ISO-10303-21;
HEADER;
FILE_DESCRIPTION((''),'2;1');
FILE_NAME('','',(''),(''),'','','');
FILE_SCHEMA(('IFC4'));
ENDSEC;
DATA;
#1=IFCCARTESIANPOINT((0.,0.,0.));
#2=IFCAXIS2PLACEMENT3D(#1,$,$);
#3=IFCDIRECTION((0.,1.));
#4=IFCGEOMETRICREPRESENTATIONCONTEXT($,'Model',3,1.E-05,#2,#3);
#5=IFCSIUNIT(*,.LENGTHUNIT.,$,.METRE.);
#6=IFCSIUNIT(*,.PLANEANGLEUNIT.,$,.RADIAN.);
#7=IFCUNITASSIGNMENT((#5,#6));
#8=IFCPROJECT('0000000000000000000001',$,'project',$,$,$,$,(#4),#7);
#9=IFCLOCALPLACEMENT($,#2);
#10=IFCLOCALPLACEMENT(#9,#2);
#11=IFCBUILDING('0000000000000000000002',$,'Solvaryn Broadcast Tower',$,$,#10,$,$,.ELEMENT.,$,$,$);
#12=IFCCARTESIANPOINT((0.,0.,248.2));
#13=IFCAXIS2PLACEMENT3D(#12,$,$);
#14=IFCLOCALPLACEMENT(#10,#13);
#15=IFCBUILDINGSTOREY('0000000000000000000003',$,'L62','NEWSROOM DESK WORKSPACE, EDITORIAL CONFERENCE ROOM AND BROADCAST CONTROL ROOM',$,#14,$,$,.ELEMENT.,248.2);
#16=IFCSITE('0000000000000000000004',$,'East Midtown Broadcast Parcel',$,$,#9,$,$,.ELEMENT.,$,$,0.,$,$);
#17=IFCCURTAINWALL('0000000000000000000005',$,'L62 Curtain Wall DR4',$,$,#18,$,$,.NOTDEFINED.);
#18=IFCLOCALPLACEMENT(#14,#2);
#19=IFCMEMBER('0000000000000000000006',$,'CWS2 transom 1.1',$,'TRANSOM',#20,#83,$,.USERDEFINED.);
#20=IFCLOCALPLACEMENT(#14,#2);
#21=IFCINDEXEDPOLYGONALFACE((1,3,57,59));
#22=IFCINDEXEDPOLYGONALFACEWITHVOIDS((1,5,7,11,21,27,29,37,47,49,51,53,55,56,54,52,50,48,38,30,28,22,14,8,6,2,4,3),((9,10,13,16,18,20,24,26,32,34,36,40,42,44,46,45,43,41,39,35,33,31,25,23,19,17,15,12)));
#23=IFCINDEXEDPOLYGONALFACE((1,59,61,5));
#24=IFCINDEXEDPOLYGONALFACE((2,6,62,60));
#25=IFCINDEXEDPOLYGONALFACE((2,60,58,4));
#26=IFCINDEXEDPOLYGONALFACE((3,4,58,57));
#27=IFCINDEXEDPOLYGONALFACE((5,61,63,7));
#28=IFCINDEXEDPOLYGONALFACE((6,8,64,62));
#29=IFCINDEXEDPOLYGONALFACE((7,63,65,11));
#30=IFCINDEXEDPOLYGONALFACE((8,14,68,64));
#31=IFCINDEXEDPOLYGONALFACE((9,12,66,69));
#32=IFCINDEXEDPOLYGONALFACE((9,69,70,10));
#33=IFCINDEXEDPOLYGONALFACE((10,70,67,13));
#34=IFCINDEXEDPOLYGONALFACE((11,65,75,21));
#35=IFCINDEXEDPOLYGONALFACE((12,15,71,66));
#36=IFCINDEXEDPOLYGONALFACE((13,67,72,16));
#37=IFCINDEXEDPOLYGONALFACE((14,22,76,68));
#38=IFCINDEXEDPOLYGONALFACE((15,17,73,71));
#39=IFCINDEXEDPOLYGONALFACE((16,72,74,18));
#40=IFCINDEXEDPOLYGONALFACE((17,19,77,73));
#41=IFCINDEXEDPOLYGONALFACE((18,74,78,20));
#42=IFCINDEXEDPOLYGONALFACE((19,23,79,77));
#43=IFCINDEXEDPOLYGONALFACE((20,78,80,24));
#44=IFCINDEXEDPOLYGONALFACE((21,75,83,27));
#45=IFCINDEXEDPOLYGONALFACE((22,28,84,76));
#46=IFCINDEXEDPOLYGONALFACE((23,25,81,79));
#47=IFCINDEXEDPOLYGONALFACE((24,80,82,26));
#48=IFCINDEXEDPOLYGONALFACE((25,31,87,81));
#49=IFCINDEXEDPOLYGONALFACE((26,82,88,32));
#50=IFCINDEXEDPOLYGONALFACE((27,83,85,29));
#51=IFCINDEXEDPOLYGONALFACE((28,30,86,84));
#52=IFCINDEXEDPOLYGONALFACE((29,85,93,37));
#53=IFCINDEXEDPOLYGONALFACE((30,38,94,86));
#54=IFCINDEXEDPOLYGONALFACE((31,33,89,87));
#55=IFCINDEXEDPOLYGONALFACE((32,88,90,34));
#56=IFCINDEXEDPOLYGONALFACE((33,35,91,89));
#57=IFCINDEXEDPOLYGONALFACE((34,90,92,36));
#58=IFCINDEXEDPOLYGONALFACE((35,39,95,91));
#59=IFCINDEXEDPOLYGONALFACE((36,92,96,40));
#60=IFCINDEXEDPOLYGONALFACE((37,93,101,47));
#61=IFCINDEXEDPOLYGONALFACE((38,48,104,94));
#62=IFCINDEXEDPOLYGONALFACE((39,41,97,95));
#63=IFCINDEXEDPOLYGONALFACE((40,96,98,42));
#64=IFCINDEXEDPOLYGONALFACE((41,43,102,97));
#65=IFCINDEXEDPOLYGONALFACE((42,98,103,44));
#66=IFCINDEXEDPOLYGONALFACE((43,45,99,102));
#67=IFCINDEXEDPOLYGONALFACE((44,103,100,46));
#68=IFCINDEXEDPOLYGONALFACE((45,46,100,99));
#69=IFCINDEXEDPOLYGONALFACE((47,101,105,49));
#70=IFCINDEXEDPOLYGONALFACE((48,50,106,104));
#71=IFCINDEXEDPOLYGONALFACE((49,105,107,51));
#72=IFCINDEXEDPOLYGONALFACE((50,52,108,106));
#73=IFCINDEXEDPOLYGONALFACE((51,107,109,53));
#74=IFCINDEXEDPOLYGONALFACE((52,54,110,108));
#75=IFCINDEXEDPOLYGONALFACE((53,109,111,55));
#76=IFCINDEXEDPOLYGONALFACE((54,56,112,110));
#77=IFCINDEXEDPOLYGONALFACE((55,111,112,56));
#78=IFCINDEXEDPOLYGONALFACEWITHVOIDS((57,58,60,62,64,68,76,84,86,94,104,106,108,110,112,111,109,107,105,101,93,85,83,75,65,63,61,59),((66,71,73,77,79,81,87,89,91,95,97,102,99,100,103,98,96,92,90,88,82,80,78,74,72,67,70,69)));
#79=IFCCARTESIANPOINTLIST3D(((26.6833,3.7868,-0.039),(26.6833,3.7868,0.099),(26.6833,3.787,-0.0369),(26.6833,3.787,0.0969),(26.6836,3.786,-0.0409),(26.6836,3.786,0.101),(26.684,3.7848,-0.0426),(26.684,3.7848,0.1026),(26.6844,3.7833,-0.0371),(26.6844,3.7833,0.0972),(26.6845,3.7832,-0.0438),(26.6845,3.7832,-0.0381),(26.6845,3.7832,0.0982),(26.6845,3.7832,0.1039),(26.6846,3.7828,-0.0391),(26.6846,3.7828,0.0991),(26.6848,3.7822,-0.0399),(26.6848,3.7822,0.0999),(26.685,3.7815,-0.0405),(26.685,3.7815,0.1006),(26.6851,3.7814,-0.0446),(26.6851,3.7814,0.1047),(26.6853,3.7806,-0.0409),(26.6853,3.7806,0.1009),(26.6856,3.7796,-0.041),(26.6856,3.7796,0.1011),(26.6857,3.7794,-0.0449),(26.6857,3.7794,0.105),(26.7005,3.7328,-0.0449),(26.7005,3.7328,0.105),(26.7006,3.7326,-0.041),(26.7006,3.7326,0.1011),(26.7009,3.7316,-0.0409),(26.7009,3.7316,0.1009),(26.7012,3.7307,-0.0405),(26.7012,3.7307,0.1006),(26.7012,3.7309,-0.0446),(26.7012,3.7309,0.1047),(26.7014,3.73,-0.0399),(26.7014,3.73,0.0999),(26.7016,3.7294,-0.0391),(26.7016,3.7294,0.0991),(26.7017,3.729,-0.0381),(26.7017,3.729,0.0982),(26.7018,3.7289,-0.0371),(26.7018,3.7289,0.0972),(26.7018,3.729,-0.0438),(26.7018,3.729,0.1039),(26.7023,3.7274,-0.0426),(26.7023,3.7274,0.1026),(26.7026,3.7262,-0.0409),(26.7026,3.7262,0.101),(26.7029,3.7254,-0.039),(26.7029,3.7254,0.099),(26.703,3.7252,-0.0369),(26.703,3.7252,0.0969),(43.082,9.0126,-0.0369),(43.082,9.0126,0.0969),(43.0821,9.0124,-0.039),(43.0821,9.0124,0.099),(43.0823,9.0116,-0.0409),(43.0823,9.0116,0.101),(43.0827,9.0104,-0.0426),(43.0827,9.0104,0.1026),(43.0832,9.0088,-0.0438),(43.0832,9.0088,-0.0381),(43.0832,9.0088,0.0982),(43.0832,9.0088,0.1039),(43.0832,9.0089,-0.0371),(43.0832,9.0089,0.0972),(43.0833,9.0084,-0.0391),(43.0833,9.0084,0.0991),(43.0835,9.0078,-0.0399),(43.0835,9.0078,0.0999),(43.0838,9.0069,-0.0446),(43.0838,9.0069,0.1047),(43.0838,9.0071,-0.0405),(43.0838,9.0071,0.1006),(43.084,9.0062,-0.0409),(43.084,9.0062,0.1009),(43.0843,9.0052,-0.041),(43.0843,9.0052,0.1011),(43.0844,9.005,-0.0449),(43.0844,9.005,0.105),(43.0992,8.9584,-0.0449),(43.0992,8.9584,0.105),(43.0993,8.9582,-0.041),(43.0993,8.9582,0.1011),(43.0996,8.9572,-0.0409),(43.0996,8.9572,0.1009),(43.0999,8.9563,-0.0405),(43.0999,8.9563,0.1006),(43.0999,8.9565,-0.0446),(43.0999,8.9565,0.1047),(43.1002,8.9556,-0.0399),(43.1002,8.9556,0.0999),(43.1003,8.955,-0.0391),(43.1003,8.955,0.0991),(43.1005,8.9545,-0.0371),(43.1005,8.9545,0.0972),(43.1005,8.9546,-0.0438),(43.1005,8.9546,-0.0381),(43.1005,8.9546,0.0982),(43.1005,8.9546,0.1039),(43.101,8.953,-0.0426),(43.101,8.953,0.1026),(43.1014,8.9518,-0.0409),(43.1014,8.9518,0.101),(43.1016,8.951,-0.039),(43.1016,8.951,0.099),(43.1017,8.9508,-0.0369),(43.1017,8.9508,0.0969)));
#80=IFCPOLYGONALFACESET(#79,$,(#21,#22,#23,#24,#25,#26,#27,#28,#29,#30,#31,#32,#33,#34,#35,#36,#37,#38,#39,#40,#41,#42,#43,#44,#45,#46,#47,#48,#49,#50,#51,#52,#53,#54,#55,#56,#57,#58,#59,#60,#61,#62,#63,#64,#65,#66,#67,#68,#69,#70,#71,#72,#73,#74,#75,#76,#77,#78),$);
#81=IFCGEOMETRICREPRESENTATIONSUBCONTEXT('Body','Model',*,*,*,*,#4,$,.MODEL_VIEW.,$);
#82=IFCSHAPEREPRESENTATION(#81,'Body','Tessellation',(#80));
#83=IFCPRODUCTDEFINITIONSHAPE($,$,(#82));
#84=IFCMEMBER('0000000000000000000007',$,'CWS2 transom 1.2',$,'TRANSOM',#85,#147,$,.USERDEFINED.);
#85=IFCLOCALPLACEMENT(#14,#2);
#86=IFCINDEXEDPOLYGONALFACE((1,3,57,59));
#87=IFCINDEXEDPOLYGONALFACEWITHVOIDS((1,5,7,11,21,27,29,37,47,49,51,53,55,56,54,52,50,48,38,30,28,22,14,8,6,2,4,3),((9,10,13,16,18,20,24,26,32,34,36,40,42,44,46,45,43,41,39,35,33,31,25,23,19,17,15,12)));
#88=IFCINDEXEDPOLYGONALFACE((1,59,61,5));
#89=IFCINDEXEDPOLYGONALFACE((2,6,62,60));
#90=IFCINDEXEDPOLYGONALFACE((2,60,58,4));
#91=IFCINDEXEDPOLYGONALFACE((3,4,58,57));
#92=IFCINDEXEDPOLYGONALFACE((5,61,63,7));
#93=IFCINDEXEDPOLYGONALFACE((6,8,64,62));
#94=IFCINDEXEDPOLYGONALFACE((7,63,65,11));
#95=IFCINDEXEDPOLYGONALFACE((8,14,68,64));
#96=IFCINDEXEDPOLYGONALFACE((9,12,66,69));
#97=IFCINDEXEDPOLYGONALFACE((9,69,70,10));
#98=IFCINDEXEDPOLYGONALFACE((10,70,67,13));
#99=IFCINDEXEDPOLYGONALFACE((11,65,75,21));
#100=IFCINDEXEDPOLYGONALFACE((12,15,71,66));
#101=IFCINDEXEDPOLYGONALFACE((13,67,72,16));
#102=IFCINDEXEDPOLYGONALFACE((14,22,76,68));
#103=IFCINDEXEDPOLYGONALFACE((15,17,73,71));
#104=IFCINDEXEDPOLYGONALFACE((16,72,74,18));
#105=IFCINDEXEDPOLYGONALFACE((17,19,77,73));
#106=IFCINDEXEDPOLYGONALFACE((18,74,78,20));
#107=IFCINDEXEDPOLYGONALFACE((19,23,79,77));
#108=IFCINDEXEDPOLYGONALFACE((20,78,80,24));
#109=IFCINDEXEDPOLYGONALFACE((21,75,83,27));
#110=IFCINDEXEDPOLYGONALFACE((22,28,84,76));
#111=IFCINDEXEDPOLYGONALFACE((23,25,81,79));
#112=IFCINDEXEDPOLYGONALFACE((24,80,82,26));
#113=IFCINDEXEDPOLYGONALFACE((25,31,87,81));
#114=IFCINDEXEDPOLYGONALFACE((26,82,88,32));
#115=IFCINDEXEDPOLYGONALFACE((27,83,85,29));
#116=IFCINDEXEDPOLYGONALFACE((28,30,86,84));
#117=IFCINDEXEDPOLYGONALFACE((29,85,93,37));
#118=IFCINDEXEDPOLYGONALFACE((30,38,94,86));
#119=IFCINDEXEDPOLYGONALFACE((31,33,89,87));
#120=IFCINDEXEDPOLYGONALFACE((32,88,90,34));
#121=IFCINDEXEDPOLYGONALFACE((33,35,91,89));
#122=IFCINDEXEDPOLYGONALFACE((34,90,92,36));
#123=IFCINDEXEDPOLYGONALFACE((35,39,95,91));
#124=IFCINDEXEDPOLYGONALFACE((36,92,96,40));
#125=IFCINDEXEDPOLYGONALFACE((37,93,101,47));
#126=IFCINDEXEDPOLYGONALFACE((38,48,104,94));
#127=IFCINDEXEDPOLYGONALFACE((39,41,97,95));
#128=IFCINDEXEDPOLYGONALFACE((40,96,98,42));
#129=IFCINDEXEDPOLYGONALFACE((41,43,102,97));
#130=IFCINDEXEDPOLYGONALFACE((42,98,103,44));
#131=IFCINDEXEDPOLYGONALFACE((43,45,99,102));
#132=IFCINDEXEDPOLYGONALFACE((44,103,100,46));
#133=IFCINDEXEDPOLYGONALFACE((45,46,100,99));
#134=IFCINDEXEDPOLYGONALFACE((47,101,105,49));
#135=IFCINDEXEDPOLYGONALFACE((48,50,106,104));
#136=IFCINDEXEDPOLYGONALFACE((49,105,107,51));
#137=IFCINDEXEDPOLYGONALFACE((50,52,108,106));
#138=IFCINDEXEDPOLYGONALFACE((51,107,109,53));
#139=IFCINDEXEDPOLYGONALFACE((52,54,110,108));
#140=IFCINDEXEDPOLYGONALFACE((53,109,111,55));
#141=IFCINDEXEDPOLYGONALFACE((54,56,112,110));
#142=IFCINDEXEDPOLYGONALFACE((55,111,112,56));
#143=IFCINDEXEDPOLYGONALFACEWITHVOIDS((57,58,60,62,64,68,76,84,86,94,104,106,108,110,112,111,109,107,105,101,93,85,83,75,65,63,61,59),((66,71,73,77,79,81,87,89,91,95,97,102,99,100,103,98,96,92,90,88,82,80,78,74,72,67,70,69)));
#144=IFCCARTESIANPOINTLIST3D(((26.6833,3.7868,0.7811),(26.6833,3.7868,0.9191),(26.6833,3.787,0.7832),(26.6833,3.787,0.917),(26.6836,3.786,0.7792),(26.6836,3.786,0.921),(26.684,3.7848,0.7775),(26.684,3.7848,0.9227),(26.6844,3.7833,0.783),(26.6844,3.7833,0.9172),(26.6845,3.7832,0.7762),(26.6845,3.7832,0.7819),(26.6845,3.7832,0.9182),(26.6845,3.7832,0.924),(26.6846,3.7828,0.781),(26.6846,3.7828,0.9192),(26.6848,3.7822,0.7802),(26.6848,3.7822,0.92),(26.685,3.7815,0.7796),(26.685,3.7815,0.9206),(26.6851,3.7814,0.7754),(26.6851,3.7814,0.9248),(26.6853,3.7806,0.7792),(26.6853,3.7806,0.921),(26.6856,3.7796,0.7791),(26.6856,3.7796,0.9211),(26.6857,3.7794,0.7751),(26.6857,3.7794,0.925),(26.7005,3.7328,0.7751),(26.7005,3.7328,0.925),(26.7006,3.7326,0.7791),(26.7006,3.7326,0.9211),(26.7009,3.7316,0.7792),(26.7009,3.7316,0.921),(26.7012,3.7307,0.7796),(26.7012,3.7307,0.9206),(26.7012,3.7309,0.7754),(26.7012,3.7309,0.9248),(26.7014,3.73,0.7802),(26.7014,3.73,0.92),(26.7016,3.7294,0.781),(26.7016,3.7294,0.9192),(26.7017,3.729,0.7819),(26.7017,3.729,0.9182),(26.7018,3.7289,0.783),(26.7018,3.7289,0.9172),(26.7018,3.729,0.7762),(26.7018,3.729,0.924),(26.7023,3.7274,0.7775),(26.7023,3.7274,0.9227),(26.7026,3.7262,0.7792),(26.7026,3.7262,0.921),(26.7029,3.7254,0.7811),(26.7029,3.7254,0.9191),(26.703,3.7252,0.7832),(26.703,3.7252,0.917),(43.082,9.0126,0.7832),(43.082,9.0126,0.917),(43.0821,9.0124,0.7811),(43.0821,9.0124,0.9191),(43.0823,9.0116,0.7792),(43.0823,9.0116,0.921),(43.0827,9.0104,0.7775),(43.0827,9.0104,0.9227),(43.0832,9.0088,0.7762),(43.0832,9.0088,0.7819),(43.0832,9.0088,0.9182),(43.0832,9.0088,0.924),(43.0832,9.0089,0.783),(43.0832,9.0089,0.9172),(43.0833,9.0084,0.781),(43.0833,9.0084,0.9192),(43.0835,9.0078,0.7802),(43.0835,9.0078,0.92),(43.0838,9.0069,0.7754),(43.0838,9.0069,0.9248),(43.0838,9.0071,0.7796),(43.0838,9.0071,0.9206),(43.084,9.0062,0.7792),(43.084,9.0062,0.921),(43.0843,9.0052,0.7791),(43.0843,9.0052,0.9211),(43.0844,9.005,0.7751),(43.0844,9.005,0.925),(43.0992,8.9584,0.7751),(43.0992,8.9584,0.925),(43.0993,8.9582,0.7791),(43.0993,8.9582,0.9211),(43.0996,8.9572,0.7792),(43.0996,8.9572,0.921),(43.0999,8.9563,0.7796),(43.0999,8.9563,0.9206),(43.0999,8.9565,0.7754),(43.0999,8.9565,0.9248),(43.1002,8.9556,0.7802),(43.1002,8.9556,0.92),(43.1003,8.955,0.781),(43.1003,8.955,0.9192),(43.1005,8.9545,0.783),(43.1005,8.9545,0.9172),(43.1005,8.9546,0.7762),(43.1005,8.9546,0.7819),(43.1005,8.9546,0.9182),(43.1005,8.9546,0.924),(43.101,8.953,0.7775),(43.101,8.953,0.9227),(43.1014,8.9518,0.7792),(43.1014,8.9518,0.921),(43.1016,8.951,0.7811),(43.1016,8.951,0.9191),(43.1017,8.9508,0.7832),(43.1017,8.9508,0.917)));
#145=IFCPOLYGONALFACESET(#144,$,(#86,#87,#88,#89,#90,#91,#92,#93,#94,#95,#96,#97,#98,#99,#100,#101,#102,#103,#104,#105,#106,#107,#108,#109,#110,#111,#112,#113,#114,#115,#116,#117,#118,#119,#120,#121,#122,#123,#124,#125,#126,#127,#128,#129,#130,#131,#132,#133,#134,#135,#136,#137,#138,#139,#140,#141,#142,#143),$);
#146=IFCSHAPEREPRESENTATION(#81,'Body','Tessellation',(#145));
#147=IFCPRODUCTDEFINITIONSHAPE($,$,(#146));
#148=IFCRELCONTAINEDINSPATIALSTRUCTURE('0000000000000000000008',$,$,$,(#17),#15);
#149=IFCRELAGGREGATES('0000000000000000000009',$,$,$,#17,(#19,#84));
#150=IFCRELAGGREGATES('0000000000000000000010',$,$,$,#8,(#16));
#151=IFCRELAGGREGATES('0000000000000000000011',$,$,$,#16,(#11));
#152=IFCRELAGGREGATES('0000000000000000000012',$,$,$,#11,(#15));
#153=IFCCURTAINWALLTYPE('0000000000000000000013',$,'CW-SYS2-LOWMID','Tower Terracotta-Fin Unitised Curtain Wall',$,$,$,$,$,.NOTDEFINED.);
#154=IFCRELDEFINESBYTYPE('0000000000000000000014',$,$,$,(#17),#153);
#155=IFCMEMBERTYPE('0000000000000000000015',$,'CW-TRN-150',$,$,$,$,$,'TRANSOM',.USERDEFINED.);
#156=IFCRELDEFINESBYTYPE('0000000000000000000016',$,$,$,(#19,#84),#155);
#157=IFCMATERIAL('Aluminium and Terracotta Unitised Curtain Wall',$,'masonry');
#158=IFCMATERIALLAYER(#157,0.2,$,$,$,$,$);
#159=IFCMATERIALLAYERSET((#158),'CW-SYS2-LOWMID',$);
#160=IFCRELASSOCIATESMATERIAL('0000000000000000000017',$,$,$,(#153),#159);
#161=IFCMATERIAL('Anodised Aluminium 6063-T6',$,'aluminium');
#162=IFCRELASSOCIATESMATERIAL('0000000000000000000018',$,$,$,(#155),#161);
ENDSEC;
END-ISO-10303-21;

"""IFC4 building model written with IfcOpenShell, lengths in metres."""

from ifc_helpers import new_model, si_unit, direction, frame, origin, origin_2d, place, context, subcontext, project, spatial, hollow_rectangle, extrude, material, layer, layer_set, material_profile, profile_set, type_object, element, aggregate, save


model = new_model("IFC4")

# Units and contexts
model_context = context("Model", 3, precision=1e-05, world=origin(), true_north=direction((0.0, 1.0)))
body_context = subcontext(model_context, "Body", "Model", "MODEL_VIEW")
ifc_project = project(units=[si_unit("LENGTHUNIT", "METRE"), si_unit("PLANEANGLEUNIT", "RADIAN")], contexts=[model_context])

# Site, building, storey
site_placement = place(None, origin())
site = spatial("IfcSite", under=ifc_project, at=site_placement, Name="East Midtown Broadcast Parcel", CompositionType="ELEMENT", RefElevation=0.0)
building_placement = place(site_placement, origin())
building = spatial("IfcBuilding", under=site, at=building_placement, Name="Solvaryn Broadcast Tower", CompositionType="ELEMENT")
storey_placement = place(building_placement, frame((0.0, 0.0, 248.2)))
storey = spatial("IfcBuildingStorey", under=building, at=storey_placement, Name="L62", Description="NEWSROOM DESK WORKSPACE, EDITORIAL CONFERENCE ROOM AND BROADCAST CONTROL ROOM", CompositionType="ELEMENT", Elevation=248.2)

# Shared definitions
ifc_material_1 = material(Name="Aluminium and Terracotta Unitised Curtain Wall", Category="masonry")
ifc_layer_1 = layer(ifc_material_1, 0.2)
ifc_layer_set_1 = layer_set([ifc_layer_1], Name="CW-SYS2-LOWMID")
curtain_wall_type = type_object("IfcCurtainWallType", Name="CW-SYS2-LOWMID", Description="Tower Terracotta-Fin Unitised Curtain Wall", PredefinedType="NOTDEFINED", material=ifc_layer_set_1)

# Curtain wall, members
curtain_wall_1_placement = place(storey_placement, origin())
curtain_wall_1 = element("IfcCurtainWall", 1, at=curtain_wall_1_placement, inside=storey, type_object=curtain_wall_type, Name="L62 Curtain Wall DR4", PredefinedType="NOTDEFINED")
ifc_material_2 = material(Name="Anodised Aluminium 6063-T6", Category="aluminium")
ifc_material_profile_1 = material_profile(ifc_material_2, hollow_rectangle(XDim=0.0649, YDim=0.1499, WallThickness=0.0039, InnerFilletRadius=0.0039, OuterFilletRadius=0.0081, at=origin_2d()))
ifc_profile_set_1 = profile_set([ifc_material_profile_1], Name="Anodised Aluminium 6063-T6")
member_type_1 = type_object("IfcMemberType", Name="CW-TRN-150", ElementType="TRANSOM", PredefinedType="USERDEFINED", material=ifc_profile_set_1)
member_1_placement = place(storey_placement, frame((26.6931, 3.7561, 0.03), z_axis=(0.952794, 0.303616, 0.0), x_axis=(-0.303616, 0.952794, 0.0)))
member_1 = element("IfcMember", 2, at=member_1_placement, type_object=member_type_1, Name="CWS2 transom 1.1", ObjectType="TRANSOM", PredefinedType="USERDEFINED", context=body_context, shape_type="SweptSolid", body=[
    extrude(hollow_rectangle(XDim=0.0649, YDim=0.1499, WallThickness=0.0039, InnerFilletRadius=0.0039, OuterFilletRadius=0.0081, at=origin_2d()), origin(), (0.0, 0.0, 1.0), 17.2112),
])
member_2_placement = place(storey_placement, frame((26.6931, 3.7561, 0.8501), z_axis=(0.952794, 0.303616, 0.0), x_axis=(-0.303616, 0.952794, 0.0)))
member_2 = element("IfcMember", 3, at=member_2_placement, type_object=member_type_1, Name="CWS2 transom 1.2", ObjectType="TRANSOM", PredefinedType="USERDEFINED", context=body_context, shape_type="SweptSolid", body=[
    extrude(hollow_rectangle(XDim=0.0649, YDim=0.1499, WallThickness=0.0039, InnerFilletRadius=0.0039, OuterFilletRadius=0.0081, at=origin_2d()), origin(), (0.0, 0.0, 1.0), 17.2112),
])
aggregate(curtain_wall_1, [member_1, member_2])

save(model, "model.ifc")
